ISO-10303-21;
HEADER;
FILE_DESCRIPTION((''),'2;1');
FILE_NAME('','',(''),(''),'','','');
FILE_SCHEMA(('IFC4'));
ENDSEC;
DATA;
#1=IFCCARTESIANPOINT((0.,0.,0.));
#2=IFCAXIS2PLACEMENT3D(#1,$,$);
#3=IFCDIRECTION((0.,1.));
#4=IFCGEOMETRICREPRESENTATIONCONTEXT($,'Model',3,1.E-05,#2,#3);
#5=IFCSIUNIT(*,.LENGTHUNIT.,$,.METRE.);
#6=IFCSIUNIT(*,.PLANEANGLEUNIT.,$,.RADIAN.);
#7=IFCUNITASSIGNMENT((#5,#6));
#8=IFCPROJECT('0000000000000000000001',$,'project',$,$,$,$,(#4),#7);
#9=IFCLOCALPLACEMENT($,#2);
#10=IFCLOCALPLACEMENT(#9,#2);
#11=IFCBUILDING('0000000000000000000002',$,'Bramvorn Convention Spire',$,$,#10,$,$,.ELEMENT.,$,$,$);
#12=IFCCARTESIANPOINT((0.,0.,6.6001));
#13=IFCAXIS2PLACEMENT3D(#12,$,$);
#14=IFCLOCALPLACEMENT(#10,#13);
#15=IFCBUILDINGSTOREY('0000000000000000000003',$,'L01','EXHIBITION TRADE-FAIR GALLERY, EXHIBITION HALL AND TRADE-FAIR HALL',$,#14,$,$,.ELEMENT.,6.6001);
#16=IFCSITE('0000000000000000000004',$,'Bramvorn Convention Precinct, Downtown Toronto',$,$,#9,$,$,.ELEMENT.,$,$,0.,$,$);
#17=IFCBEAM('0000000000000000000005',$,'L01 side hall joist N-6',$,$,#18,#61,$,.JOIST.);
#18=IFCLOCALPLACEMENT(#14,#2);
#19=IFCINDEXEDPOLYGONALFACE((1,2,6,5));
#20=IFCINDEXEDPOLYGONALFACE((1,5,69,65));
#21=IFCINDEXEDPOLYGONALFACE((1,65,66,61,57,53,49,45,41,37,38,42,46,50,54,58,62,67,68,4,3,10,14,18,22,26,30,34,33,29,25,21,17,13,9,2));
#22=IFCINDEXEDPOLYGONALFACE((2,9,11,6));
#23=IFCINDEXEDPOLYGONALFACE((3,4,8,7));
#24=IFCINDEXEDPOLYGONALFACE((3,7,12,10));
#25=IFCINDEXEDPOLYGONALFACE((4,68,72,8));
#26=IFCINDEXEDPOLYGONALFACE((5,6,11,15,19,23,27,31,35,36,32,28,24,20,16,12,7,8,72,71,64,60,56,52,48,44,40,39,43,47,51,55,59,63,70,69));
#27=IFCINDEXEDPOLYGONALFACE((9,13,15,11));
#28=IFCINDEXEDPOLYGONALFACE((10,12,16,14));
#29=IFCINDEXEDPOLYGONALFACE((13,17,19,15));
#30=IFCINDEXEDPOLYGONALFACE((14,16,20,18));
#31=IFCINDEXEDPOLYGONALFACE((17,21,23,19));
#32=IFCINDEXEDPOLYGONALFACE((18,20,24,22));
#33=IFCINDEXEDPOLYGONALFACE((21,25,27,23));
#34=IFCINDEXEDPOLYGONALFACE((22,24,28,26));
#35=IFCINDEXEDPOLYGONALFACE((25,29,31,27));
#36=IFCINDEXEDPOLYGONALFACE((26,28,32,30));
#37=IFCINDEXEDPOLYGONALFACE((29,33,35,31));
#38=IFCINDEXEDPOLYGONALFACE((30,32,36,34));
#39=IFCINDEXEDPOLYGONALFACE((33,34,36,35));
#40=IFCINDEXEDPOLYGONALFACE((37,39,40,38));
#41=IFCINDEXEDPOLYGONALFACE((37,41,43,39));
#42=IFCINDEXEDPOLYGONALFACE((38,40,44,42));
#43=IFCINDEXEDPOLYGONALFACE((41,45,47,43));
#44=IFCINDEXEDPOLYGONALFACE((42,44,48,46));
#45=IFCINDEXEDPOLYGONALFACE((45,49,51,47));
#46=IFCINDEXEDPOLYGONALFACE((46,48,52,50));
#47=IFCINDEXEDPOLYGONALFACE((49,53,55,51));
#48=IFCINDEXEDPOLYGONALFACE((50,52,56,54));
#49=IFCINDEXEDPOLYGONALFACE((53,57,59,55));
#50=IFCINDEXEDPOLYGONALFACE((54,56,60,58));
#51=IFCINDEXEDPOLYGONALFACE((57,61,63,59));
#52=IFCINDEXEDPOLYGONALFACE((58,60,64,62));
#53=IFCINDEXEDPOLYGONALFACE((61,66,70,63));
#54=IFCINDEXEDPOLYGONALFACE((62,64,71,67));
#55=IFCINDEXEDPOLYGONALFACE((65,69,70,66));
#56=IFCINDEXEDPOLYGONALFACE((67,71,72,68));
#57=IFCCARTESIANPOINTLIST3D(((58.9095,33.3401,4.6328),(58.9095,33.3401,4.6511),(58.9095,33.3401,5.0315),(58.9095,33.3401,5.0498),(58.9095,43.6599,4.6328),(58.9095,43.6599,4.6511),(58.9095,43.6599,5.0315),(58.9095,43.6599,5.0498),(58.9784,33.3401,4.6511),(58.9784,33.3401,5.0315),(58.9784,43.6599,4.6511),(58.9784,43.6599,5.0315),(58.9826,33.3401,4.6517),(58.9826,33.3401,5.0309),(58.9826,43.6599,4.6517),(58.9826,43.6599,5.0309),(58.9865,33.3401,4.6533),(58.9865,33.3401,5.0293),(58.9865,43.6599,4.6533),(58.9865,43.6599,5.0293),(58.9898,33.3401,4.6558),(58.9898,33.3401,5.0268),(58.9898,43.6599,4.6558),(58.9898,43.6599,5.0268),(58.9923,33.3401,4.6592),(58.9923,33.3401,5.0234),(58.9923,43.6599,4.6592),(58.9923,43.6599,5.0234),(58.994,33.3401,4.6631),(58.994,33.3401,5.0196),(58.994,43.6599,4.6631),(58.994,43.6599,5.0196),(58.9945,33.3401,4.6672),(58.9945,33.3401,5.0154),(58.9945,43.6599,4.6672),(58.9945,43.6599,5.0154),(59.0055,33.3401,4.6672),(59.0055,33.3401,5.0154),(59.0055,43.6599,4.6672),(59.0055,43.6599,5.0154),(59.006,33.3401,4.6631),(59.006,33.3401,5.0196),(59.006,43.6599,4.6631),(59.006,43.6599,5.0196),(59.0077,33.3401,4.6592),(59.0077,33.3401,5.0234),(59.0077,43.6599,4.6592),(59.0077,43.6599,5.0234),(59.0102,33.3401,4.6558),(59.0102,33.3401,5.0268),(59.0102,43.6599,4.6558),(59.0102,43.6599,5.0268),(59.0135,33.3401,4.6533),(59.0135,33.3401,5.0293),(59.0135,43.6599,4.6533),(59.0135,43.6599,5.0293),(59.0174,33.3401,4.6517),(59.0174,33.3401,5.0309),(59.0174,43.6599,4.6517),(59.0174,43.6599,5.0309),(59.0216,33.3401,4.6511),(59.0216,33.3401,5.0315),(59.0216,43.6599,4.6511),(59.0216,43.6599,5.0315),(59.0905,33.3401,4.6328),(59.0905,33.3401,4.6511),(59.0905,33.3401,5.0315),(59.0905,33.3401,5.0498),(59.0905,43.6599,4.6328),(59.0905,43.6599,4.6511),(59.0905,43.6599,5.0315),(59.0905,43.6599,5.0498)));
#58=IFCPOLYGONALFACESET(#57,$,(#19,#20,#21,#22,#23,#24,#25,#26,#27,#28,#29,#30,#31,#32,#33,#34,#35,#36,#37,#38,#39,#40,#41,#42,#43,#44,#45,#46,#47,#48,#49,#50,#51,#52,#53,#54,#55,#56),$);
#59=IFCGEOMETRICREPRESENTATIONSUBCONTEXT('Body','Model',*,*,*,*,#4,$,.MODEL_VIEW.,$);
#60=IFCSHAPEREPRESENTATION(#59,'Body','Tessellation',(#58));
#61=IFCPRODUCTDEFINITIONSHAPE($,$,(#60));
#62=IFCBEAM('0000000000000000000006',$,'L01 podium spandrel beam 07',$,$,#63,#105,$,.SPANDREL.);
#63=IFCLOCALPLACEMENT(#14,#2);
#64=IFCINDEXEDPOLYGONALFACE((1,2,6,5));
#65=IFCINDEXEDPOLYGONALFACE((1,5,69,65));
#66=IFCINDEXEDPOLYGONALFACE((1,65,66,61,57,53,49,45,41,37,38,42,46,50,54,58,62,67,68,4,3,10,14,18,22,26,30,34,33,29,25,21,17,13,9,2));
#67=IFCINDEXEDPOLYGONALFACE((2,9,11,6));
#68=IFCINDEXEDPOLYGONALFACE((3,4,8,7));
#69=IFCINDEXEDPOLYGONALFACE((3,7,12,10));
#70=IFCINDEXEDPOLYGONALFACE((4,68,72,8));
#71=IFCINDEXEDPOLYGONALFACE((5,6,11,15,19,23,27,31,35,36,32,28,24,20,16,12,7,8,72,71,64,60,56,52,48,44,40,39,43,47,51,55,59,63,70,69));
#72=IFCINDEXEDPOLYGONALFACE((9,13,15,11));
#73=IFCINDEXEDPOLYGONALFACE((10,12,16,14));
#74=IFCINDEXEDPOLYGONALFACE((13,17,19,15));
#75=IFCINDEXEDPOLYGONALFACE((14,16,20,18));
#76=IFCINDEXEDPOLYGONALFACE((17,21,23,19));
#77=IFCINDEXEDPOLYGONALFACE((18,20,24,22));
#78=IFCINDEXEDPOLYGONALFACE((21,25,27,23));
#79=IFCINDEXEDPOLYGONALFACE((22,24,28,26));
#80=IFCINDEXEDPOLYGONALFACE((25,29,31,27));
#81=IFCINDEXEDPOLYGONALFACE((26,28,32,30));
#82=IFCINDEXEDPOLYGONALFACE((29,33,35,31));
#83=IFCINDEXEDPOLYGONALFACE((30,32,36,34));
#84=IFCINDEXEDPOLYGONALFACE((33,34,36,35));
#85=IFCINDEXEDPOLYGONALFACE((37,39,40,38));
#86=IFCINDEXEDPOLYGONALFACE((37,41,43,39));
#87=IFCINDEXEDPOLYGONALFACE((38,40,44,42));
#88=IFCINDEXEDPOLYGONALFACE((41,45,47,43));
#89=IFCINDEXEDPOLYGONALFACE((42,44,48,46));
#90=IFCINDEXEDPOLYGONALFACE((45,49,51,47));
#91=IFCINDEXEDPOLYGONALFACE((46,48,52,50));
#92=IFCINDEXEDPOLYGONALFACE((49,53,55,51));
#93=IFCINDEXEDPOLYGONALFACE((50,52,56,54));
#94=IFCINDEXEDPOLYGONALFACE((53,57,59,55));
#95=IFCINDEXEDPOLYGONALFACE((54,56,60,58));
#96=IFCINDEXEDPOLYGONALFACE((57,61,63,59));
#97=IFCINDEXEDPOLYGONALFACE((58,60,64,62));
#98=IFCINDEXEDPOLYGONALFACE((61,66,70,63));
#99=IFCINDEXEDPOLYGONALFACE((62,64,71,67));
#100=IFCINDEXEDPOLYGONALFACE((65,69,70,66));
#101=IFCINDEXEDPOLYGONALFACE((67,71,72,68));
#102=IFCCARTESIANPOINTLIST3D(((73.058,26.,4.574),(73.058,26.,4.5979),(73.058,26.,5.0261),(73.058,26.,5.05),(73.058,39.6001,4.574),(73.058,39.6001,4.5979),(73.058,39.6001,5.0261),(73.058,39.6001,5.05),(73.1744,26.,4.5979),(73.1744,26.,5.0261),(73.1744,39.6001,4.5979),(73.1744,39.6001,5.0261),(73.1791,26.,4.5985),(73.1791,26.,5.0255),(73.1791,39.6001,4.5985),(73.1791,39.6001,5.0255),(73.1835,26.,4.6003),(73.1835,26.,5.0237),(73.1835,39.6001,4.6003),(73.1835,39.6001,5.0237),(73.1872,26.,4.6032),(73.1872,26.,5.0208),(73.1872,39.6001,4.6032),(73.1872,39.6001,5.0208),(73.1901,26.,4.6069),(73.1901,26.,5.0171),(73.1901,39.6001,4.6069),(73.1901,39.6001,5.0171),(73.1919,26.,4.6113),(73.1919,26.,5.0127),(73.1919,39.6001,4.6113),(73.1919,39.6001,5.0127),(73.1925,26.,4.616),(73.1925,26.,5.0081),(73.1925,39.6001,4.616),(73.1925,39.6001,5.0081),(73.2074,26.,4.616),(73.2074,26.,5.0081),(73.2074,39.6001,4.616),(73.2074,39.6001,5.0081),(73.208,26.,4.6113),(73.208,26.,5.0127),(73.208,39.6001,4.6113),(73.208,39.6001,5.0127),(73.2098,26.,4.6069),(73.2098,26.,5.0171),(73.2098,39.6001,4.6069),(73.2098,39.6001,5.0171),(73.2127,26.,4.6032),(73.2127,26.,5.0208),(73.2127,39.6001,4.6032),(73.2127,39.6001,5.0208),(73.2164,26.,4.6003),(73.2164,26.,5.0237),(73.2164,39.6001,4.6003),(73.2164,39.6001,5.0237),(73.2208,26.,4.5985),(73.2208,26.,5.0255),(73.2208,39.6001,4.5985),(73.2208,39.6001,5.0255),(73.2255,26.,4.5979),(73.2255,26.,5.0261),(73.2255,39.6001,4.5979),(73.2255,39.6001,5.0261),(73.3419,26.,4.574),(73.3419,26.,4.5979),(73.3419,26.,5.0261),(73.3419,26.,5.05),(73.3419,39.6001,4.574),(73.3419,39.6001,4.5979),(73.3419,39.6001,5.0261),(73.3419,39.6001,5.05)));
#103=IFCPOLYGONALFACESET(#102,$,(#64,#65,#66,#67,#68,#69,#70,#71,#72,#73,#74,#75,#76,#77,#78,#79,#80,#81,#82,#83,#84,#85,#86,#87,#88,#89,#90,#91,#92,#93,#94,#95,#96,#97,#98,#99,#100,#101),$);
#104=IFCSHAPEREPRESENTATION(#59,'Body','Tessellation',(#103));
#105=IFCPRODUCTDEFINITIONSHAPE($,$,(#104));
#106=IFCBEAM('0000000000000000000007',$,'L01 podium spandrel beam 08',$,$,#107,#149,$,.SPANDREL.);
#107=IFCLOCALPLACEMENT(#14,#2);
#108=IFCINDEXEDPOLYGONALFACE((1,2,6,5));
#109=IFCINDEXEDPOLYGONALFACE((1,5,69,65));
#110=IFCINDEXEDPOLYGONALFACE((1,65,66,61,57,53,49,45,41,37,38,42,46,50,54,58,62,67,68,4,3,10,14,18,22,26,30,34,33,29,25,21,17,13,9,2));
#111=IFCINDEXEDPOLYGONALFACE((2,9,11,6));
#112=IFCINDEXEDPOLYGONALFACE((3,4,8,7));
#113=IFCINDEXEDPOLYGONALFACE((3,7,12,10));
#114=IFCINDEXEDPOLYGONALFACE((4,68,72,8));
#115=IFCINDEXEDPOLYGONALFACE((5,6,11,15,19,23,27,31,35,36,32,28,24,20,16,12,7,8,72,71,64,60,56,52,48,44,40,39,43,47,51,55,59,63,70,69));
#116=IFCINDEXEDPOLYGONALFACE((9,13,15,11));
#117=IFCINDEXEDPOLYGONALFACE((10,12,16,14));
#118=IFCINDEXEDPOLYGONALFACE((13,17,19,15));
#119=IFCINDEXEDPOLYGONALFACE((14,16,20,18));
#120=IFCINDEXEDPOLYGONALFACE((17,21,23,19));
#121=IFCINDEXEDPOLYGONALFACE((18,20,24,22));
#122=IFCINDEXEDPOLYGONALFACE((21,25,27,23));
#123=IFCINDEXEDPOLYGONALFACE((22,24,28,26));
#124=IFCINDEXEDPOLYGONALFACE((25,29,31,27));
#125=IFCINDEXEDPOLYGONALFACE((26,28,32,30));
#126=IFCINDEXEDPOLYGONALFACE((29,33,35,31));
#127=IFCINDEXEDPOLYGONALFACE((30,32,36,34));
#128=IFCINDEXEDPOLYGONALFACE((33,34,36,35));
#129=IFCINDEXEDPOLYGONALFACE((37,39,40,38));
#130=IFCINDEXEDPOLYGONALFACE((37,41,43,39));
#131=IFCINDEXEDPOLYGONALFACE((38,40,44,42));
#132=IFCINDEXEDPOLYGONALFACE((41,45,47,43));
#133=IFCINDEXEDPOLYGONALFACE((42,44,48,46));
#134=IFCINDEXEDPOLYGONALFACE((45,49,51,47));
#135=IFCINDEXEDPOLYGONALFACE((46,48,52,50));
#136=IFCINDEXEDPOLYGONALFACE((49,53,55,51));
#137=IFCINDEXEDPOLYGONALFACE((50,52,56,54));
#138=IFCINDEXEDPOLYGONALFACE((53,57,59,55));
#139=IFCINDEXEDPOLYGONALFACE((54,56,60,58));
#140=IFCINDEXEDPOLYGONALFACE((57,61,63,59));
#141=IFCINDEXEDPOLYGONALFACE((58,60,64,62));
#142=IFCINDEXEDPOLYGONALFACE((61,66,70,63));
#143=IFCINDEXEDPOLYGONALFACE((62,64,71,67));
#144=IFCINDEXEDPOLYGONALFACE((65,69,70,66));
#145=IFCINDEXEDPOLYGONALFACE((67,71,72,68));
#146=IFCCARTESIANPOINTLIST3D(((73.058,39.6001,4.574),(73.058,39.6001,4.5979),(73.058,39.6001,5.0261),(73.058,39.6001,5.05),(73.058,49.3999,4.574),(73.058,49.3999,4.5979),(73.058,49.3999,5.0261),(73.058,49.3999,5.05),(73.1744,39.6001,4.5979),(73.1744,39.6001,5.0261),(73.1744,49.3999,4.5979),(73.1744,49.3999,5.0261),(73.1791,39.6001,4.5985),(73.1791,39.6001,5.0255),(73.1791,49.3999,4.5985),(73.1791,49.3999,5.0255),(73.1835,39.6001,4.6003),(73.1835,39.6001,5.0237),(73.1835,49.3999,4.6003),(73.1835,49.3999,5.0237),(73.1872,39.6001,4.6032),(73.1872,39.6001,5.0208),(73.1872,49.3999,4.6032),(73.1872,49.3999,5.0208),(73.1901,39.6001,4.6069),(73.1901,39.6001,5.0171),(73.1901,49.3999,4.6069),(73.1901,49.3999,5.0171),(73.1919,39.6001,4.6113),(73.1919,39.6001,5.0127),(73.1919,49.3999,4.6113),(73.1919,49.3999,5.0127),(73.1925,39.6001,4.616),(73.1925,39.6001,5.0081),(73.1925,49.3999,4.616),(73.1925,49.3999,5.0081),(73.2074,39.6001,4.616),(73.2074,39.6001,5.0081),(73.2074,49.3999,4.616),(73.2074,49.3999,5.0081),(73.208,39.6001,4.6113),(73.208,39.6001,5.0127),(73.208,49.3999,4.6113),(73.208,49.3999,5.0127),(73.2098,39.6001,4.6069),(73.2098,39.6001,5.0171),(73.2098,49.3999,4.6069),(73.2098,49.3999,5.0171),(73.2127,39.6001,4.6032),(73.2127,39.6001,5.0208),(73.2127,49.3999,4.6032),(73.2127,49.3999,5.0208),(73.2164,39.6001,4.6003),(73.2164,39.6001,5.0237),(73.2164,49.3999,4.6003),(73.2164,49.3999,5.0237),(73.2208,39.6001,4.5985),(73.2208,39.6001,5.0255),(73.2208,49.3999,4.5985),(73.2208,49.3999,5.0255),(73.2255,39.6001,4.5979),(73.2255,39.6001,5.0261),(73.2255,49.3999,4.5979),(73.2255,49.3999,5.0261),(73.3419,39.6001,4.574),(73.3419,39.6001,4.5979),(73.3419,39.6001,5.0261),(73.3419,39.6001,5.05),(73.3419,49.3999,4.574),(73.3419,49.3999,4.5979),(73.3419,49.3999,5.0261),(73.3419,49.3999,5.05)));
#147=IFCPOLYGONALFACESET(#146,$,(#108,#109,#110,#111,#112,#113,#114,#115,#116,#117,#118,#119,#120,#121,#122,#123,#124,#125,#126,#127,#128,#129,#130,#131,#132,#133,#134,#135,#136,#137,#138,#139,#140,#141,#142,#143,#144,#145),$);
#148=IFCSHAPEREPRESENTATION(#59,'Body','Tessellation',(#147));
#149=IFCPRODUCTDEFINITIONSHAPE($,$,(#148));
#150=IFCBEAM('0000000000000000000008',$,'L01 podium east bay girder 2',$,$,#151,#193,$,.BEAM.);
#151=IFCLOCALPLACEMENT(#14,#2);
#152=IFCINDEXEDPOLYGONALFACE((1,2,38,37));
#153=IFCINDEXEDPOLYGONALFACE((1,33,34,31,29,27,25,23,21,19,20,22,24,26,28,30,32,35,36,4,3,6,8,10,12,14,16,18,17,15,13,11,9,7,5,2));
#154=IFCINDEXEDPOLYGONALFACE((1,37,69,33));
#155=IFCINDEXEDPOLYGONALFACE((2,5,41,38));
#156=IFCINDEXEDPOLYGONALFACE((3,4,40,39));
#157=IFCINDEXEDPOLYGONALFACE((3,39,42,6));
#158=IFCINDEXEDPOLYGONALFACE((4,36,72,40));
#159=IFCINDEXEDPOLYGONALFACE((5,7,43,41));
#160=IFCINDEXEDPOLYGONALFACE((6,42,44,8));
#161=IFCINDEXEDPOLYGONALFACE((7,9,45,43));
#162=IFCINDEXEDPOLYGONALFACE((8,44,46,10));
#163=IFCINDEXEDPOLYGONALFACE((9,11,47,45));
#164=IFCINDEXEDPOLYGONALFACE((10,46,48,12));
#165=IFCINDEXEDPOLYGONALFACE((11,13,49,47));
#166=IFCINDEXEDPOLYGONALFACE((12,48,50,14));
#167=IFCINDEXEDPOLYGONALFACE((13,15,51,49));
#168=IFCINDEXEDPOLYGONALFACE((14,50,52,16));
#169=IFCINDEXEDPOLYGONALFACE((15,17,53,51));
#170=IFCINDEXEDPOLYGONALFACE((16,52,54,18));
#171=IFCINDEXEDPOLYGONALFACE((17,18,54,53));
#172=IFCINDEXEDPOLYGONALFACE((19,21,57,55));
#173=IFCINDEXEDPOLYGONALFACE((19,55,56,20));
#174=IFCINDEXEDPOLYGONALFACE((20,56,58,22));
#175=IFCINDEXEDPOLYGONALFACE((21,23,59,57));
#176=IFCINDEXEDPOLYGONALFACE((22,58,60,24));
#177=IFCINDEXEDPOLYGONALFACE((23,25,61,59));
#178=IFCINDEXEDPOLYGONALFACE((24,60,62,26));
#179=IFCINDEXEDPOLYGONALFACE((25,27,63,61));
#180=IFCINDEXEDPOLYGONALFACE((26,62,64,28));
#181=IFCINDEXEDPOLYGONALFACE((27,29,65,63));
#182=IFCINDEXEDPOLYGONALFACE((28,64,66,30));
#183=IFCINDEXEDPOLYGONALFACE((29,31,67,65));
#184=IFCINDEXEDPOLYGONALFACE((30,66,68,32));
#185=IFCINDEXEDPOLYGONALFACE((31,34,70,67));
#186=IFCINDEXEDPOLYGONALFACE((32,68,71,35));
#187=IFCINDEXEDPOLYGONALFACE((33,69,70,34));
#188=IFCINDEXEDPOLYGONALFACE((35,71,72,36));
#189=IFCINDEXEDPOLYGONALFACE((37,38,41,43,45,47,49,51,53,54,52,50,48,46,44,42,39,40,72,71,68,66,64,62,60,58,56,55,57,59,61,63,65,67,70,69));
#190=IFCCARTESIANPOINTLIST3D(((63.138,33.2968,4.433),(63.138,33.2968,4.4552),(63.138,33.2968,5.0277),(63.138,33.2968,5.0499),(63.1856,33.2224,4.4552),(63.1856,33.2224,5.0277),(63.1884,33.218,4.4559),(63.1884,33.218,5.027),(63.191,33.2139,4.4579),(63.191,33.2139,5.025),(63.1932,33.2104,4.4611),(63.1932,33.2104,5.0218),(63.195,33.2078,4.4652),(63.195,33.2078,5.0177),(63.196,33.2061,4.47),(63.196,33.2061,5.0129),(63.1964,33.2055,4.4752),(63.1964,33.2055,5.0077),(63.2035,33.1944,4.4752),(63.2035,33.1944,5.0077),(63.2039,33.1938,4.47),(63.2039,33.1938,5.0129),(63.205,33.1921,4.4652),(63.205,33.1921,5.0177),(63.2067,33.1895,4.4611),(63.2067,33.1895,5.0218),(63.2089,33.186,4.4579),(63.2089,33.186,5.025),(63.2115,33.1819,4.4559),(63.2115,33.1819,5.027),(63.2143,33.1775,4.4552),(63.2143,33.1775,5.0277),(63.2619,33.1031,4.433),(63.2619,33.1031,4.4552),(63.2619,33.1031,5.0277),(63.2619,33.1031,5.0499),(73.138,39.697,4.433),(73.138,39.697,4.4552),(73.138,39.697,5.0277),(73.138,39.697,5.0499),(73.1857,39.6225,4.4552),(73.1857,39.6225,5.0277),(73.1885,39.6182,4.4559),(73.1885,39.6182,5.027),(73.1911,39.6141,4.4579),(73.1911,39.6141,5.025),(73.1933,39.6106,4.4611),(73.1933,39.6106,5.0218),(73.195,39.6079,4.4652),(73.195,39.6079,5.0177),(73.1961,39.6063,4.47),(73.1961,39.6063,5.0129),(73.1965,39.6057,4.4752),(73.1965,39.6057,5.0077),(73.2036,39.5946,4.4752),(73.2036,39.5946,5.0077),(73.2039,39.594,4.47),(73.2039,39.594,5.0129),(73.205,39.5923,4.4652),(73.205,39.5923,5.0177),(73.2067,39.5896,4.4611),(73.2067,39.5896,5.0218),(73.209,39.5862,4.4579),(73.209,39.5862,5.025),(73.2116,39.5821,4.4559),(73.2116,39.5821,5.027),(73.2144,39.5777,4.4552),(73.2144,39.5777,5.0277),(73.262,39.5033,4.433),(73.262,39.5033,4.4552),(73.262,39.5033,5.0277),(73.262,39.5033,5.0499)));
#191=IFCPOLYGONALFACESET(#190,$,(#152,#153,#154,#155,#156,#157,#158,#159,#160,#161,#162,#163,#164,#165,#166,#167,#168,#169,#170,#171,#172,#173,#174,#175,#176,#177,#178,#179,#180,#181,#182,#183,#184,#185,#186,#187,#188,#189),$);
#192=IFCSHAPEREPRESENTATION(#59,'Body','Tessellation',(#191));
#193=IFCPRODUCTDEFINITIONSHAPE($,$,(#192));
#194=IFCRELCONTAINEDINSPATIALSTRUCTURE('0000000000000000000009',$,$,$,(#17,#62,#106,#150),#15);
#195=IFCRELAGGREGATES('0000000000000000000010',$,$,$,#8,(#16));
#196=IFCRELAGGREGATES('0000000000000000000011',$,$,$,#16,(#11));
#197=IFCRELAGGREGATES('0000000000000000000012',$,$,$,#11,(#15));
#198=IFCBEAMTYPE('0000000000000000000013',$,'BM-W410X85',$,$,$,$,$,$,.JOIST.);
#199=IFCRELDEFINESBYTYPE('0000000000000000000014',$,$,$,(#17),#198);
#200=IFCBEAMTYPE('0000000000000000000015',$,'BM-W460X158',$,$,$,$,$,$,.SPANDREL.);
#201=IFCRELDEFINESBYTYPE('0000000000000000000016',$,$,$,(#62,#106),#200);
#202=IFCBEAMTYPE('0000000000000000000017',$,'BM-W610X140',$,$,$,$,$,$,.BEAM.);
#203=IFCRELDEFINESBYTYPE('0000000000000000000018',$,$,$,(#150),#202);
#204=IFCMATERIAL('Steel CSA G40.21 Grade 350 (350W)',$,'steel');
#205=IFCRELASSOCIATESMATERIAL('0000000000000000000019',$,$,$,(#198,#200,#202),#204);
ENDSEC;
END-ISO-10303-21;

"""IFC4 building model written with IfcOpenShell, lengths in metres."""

from ifc_helpers import new_model, si_unit, direction, frame, origin, origin_2d, place, context, subcontext, project, spatial, i_section, extrude, material, material_profile, profile_set, type_object, element, save


model = new_model("IFC4")

# Units and contexts
model_context = context("Model", 3, precision=1e-05, world=origin(), true_north=direction((0.0, 1.0)))
body_context = subcontext(model_context, "Body", "Model", "MODEL_VIEW")
ifc_project = project(units=[si_unit("LENGTHUNIT", "METRE"), si_unit("PLANEANGLEUNIT", "RADIAN")], contexts=[model_context])

# Site, building, storey
site_placement = place(None, origin())
site = spatial("IfcSite", under=ifc_project, at=site_placement, Name="Bramvorn Convention Precinct, Downtown Toronto", CompositionType="ELEMENT", RefElevation=0.0)
building_placement = place(site_placement, origin())
building = spatial("IfcBuilding", under=site, at=building_placement, Name="Bramvorn Convention Spire", CompositionType="ELEMENT")
storey_placement = place(building_placement, frame((0.0, 0.0, 6.6001)))
storey = spatial("IfcBuildingStorey", under=building, at=storey_placement, Name="L01", Description="EXHIBITION TRADE-FAIR GALLERY, EXHIBITION HALL AND TRADE-FAIR HALL", CompositionType="ELEMENT", Elevation=6.6001)

# Shared definitions
ifc_material_1 = material(Name="Steel CSA G40.21 Grade 350 (350W)", Category="steel")

# Beams
ifc_material_profile_1 = material_profile(ifc_material_1, i_section(OverallWidth=0.1809, OverallDepth=0.417, WebThickness=0.011, FlangeThickness=0.0183, FilletRadius=0.0161, at=origin_2d()))
ifc_profile_set_1 = profile_set([ifc_material_profile_1], Name="Steel CSA G40.21 Grade 350 (350W) - W410X85")
beam_type_1 = type_object("IfcBeamType", Name="BM-W410X85", PredefinedType="JOIST", material=ifc_profile_set_1)
for number, where, z_axis, x_axis, name in (
    (1, (59.0, 33.3401, 4.8413), (0.0, 1.0, 0.0), (-1.0, 0.0, 0.0), "L01 side hall joist N-6"),
):
    element("IfcBeam", number, at=place(storey_placement, frame(where, z_axis=z_axis, x_axis=x_axis)), inside=storey, type_object=beam_type_1, Name=name, PredefinedType="JOIST", context=body_context, shape_type="SweptSolid", body=[
        extrude(i_section(OverallWidth=0.1809, OverallDepth=0.417, WebThickness=0.011, FlangeThickness=0.0183, FilletRadius=0.0161, at=origin_2d()), origin(), (0.0, 0.0, 1.0), 10.3198),
    ])
ifc_material_profile_2 = material_profile(ifc_material_1, i_section(OverallWidth=0.2839, OverallDepth=0.4761, WebThickness=0.0149, FlangeThickness=0.0239, FilletRadius=0.0181, at=origin_2d()))
ifc_profile_set_2 = profile_set([ifc_material_profile_2], Name="Steel CSA G40.21 Grade 350 (350W) - W460X158")
beam_type_2 = type_object("IfcBeamType", Name="BM-W460X158", PredefinedType="SPANDREL", material=ifc_profile_set_2)
beam_1_placement = place(storey_placement, frame((73.2, 26.0, 4.812), z_axis=(0.0, 1.0, 0.0), x_axis=(-1.0, 0.0, 0.0)))
element("IfcBeam", 2, at=beam_1_placement, inside=storey, type_object=beam_type_2, Name="L01 podium spandrel beam 07", PredefinedType="SPANDREL", context=body_context, shape_type="SweptSolid", body=[
    extrude(i_section(OverallWidth=0.2839, OverallDepth=0.4761, WebThickness=0.0149, FlangeThickness=0.0239, FilletRadius=0.0181, at=origin_2d()), origin(), (0.0, 0.0, 1.0), 13.6001),
])
beam_2_placement = place(storey_placement, frame((73.2, 39.6001, 4.812), z_axis=(0.0, 1.0, 0.0), x_axis=(-1.0, 0.0, 0.0)))
element("IfcBeam", 3, at=beam_2_placement, inside=storey, type_object=beam_type_2, Name="L01 podium spandrel beam 08", PredefinedType="SPANDREL", context=body_context, shape_type="SweptSolid", body=[
    extrude(i_section(OverallWidth=0.2839, OverallDepth=0.4761, WebThickness=0.0149, FlangeThickness=0.0239, FilletRadius=0.0181, at=origin_2d()), origin(), (0.0, 0.0, 1.0), 9.7998),
])
ifc_material_profile_3 = material_profile(ifc_material_1, i_section(OverallWidth=0.23, OverallDepth=0.6169, WebThickness=0.0132, FlangeThickness=0.0222, FilletRadius=0.02, at=origin_2d()))
ifc_profile_set_3 = profile_set([ifc_material_profile_3], Name="Steel CSA G40.21 Grade 350 (350W) - W610X140")
beam_type_3 = type_object("IfcBeamType", Name="BM-W610X140", PredefinedType="BEAM", material=ifc_profile_set_3)
beam_3_placement = place(storey_placement, frame((63.2, 33.2, 4.7415), z_axis=(0.842266, 0.539062, 0.0), x_axis=(-0.539062, 0.842266, 0.0)))
element("IfcBeam", 4, at=beam_3_placement, inside=storey, type_object=beam_type_3, Name="L01 podium east bay girder 2", PredefinedType="BEAM", context=body_context, shape_type="SweptSolid", body=[
    extrude(i_section(OverallWidth=0.23, OverallDepth=0.6169, WebThickness=0.0132, FlangeThickness=0.0222, FilletRadius=0.02, at=origin_2d()), origin(), (0.0, 0.0, 1.0), 11.8728),
])

save(model, "model.ifc")
